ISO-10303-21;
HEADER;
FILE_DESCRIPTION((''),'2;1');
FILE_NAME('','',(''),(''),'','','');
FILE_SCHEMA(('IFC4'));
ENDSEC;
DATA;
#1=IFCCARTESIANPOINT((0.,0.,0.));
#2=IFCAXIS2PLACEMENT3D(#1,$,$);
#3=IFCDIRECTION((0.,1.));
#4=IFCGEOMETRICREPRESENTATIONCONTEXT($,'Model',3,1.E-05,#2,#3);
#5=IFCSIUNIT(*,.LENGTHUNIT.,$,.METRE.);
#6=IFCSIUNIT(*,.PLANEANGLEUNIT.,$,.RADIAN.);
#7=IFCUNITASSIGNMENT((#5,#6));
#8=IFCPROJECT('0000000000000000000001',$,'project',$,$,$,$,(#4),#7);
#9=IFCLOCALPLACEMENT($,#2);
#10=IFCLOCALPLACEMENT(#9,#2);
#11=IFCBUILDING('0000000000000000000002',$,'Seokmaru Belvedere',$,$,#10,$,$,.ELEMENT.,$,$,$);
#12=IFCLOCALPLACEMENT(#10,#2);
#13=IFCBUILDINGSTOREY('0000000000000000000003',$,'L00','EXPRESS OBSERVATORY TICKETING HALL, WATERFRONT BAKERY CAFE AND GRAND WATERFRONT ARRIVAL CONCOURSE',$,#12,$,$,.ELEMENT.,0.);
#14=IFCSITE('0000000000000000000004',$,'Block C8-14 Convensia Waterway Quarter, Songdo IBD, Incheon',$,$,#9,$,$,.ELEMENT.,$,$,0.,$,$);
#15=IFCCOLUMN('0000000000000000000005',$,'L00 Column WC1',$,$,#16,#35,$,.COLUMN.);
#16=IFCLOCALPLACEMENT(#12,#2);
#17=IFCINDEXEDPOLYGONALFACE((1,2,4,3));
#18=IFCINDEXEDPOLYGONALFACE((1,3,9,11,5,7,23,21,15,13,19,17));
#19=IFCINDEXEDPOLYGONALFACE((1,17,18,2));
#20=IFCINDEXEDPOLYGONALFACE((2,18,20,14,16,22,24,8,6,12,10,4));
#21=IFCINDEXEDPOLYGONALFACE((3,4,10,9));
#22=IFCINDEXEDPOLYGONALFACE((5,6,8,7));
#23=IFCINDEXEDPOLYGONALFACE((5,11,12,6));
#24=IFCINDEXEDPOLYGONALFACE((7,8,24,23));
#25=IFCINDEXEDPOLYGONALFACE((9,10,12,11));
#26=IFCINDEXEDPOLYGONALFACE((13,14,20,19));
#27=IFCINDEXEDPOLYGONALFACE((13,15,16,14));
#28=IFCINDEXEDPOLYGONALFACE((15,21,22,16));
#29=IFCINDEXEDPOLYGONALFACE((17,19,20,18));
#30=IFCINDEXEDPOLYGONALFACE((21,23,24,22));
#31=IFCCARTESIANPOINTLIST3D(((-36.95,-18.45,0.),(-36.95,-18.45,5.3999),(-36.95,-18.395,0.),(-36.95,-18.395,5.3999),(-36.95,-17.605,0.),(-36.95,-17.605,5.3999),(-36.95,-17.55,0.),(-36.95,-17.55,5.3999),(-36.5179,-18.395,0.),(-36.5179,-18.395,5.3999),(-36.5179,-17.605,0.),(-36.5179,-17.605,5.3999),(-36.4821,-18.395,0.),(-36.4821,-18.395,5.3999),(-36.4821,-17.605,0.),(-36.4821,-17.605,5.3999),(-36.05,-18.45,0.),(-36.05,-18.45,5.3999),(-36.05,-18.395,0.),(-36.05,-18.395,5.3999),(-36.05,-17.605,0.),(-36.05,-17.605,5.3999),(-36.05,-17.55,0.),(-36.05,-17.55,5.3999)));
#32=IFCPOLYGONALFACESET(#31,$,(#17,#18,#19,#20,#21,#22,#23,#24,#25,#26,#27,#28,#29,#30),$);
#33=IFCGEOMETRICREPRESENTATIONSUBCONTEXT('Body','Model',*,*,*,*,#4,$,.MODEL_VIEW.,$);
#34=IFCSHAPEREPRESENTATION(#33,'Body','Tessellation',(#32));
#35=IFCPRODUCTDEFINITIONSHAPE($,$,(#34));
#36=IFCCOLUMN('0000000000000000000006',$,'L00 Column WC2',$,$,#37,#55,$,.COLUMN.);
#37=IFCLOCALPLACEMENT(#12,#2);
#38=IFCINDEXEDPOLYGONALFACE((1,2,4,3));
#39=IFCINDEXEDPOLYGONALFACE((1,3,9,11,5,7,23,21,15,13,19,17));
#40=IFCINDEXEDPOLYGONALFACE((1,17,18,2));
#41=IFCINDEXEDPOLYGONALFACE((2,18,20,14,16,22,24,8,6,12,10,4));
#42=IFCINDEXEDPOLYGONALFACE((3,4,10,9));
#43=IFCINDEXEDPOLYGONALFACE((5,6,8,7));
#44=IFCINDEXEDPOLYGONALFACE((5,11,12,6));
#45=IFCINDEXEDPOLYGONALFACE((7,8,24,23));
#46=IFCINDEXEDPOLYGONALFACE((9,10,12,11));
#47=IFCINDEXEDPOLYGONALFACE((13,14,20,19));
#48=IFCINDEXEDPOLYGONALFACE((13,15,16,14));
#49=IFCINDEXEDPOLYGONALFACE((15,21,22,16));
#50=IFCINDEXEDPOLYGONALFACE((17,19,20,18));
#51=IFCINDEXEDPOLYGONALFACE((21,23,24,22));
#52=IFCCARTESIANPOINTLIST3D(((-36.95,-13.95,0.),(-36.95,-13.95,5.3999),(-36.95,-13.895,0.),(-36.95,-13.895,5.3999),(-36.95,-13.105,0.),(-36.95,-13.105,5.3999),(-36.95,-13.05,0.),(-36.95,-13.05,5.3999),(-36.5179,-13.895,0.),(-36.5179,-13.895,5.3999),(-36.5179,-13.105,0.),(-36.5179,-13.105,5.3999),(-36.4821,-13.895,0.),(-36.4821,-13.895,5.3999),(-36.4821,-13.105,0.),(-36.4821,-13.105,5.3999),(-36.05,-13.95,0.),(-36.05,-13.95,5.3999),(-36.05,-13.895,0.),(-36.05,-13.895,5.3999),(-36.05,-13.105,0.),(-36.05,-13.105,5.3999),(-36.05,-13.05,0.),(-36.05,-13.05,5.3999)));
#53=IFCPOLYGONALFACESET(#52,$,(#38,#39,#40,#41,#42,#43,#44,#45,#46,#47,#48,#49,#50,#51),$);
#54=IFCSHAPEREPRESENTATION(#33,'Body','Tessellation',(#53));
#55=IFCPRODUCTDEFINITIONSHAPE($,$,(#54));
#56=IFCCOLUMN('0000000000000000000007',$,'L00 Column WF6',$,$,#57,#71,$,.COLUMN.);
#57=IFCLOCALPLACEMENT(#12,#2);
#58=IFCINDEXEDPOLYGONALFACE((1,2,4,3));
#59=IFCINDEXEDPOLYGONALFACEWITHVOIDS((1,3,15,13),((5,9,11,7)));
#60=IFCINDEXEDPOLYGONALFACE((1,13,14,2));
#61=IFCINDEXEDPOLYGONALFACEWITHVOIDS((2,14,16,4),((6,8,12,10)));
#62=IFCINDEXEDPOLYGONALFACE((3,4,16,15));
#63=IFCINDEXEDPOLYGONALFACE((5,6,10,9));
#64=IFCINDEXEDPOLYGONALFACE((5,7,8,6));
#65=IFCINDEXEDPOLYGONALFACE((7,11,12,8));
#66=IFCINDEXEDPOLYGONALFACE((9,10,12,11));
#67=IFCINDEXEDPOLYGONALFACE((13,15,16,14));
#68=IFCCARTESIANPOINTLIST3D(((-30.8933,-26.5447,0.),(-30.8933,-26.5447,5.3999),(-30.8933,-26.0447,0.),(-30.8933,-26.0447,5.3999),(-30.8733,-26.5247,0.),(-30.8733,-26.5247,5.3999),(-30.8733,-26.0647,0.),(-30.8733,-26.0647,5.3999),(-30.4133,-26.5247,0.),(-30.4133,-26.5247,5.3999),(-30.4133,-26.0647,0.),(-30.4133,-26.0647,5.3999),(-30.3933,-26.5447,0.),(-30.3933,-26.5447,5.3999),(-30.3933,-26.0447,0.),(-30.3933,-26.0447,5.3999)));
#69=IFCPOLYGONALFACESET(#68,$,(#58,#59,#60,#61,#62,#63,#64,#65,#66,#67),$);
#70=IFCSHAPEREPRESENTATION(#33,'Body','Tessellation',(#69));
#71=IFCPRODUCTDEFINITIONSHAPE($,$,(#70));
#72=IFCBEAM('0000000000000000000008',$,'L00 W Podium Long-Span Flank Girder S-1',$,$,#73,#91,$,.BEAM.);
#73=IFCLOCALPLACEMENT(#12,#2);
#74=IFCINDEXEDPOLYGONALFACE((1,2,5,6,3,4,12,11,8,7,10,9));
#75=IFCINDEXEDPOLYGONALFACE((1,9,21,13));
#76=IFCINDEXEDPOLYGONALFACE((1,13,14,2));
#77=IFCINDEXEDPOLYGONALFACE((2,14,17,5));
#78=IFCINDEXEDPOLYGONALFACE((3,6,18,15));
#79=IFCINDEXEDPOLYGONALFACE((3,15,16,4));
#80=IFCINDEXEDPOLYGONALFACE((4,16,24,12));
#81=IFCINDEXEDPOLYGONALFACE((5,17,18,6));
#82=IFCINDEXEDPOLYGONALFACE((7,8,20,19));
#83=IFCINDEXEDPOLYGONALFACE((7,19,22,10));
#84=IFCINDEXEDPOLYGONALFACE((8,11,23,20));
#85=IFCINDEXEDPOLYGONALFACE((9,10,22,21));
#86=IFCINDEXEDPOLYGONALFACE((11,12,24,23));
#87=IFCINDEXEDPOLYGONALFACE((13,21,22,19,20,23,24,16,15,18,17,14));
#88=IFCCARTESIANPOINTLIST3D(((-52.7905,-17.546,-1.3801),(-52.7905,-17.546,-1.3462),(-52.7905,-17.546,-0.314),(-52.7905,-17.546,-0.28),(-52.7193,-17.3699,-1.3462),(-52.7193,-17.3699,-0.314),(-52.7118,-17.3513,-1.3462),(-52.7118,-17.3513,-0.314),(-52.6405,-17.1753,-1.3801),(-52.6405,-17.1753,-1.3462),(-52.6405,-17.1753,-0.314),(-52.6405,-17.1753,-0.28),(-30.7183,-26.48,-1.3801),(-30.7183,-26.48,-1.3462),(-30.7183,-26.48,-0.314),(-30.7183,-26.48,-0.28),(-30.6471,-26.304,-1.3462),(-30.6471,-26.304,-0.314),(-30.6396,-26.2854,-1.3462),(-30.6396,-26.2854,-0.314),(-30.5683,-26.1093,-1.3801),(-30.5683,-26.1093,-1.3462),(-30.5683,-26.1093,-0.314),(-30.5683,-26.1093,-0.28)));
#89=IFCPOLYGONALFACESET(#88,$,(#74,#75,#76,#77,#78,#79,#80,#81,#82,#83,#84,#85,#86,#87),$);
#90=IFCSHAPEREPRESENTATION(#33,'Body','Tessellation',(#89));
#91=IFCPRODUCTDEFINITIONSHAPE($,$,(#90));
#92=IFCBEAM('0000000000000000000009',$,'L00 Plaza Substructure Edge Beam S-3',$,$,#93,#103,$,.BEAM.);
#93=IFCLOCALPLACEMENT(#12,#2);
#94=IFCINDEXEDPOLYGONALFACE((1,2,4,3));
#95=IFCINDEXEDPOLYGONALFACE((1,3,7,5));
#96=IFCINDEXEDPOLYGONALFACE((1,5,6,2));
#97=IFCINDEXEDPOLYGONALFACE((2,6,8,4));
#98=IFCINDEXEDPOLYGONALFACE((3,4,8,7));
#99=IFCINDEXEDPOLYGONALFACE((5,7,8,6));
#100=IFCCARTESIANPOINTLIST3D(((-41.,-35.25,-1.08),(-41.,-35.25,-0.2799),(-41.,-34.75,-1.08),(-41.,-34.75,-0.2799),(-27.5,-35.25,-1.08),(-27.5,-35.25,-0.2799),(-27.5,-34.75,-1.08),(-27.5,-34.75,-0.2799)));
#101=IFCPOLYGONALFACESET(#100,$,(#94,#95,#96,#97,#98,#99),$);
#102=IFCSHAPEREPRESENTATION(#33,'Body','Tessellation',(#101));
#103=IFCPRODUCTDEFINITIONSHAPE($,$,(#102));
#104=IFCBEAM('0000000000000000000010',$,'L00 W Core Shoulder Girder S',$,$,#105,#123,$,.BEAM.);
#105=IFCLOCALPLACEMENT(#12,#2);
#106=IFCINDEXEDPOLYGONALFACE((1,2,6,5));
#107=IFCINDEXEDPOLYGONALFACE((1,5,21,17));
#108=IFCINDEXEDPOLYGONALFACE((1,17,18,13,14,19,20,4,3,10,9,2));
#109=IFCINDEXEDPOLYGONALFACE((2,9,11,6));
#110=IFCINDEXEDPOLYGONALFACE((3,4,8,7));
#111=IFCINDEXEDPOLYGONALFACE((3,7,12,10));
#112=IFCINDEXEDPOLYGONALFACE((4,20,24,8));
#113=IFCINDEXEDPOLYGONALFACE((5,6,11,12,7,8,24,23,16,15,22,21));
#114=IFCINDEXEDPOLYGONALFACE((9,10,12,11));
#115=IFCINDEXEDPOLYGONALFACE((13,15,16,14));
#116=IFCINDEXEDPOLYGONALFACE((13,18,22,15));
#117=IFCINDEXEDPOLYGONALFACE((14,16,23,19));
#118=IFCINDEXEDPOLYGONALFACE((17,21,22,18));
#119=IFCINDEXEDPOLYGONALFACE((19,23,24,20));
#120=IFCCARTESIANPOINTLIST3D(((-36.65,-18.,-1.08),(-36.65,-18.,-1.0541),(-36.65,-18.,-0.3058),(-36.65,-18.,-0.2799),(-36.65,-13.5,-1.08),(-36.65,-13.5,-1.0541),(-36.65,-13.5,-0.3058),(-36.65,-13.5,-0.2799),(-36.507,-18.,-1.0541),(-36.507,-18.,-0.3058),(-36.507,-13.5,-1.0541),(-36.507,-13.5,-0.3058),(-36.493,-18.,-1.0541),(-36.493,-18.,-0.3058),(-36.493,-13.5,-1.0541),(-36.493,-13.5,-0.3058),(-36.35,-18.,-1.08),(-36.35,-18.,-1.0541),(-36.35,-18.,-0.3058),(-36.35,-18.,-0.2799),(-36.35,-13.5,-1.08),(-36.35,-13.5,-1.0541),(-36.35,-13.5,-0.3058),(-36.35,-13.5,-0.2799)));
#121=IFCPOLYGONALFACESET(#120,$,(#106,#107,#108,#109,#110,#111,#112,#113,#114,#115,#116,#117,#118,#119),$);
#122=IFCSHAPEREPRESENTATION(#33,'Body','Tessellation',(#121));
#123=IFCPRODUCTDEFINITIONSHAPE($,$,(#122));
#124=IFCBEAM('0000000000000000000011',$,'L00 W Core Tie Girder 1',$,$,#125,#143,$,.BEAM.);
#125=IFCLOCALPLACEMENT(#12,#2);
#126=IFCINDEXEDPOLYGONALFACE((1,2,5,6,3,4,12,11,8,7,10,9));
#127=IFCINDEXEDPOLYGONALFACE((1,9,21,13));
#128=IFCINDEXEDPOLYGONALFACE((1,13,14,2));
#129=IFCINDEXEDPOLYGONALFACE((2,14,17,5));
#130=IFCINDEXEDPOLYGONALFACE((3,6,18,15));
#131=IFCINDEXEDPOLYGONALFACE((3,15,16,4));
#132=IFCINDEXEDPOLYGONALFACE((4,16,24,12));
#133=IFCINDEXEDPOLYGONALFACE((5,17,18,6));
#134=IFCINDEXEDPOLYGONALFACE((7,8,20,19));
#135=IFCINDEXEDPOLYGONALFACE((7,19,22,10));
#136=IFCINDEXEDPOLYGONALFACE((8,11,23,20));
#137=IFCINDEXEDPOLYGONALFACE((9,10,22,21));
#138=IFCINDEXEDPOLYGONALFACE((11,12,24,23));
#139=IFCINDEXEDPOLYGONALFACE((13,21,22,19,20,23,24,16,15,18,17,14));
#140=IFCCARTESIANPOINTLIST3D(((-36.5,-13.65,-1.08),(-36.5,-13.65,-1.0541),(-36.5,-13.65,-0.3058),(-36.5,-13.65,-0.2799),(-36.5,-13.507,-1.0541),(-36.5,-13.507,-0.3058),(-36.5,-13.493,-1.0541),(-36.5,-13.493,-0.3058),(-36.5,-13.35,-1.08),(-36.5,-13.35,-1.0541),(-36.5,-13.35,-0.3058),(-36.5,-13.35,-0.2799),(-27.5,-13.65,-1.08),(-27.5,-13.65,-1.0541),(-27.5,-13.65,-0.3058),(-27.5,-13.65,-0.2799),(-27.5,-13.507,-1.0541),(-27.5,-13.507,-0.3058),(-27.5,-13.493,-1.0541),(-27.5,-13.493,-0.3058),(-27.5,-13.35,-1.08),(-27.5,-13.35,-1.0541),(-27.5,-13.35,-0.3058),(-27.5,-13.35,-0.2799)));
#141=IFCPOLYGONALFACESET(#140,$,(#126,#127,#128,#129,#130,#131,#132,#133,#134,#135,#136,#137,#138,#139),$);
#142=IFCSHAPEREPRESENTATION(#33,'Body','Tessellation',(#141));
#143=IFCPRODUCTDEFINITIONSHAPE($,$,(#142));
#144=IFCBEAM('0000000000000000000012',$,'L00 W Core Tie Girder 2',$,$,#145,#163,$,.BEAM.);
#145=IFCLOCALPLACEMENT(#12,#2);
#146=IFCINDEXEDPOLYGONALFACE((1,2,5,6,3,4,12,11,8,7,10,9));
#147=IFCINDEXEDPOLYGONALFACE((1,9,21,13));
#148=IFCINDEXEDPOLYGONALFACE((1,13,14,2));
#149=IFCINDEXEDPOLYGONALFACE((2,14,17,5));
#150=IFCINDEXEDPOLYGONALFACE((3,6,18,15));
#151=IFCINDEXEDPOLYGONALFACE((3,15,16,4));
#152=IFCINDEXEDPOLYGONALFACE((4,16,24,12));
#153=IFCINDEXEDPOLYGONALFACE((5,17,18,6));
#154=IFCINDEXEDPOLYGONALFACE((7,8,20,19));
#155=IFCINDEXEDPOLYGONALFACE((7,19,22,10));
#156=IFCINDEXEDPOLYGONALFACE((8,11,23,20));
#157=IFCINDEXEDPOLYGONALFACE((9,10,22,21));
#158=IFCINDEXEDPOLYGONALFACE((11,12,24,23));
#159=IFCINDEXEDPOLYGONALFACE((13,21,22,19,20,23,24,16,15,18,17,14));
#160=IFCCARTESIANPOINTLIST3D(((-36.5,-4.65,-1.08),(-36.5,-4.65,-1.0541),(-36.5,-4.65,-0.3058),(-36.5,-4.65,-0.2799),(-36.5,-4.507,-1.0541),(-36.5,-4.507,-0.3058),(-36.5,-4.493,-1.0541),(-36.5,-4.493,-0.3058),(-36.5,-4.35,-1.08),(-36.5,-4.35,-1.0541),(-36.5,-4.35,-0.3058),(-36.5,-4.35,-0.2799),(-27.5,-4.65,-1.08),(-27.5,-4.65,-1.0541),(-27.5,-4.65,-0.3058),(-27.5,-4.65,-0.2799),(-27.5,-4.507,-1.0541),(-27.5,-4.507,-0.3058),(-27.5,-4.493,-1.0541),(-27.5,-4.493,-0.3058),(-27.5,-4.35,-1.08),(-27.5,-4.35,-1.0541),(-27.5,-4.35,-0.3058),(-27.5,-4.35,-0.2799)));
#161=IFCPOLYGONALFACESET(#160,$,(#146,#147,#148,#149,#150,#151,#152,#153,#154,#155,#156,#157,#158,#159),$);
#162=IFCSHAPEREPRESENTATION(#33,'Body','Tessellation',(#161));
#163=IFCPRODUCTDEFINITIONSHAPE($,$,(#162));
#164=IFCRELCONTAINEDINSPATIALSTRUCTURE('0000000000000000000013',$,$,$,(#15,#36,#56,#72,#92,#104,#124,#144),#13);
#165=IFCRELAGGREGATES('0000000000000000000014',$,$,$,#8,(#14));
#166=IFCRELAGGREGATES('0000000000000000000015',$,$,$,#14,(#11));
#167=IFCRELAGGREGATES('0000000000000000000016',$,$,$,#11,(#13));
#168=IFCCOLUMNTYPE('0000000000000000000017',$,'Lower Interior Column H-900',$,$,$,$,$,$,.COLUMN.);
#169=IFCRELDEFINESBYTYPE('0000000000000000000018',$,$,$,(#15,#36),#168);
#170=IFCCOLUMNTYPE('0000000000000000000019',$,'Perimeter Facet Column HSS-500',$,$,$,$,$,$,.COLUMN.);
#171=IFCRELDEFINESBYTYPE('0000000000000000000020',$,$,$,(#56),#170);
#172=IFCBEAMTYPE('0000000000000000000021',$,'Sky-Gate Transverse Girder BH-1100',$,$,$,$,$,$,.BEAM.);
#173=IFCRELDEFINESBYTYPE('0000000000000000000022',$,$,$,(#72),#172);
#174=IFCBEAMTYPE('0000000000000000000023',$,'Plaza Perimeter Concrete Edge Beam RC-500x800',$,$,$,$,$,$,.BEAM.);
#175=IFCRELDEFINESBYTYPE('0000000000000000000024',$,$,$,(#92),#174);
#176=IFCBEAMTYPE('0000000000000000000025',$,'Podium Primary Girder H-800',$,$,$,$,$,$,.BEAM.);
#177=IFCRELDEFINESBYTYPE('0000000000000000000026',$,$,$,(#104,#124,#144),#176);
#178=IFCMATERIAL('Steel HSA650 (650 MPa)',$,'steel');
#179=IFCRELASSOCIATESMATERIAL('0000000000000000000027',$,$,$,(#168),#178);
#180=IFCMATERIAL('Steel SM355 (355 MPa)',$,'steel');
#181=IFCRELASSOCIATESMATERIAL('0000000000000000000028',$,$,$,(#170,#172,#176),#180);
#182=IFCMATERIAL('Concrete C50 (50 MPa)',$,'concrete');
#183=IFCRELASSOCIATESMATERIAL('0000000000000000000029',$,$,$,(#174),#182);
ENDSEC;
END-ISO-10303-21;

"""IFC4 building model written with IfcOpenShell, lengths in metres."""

from ifc_helpers import new_model, si_unit, direction, frame, origin, origin_2d, place, context, subcontext, project, spatial, rectangle, hollow_rectangle, i_section, extrude, source, transform, mapped, material, material_profile, profile_set, type_object, type_shapes, element, save


model = new_model("IFC4")

# Units and contexts
model_context = context("Model", 3, precision=1e-05, world=origin(), true_north=direction((0.0, 1.0)))
body_context = subcontext(model_context, "Body", "Model", "MODEL_VIEW")
ifc_project = project(units=[si_unit("LENGTHUNIT", "METRE"), si_unit("PLANEANGLEUNIT", "RADIAN")], contexts=[model_context])

# Site, building, storey
site_placement = place(None, origin())
site = spatial("IfcSite", under=ifc_project, at=site_placement, Name="Block C8-14 Convensia Waterway Quarter, Songdo IBD, Incheon", CompositionType="ELEMENT", RefElevation=0.0)
building_placement = place(site_placement, origin())
building = spatial("IfcBuilding", under=site, at=building_placement, Name="Seokmaru Belvedere", CompositionType="ELEMENT")
storey_placement = place(building_placement, origin())
storey = spatial("IfcBuildingStorey", under=building, at=storey_placement, Name="L00", Description="EXPRESS OBSERVATORY TICKETING HALL, WATERFRONT BAKERY CAFE AND GRAND WATERFRONT ARRIVAL CONCOURSE", CompositionType="ELEMENT", Elevation=0.0)

# Columns
ifc_material_1 = material(Name="Steel HSA650 (650 MPa)", Category="steel")
ifc_material_profile_1 = material_profile(ifc_material_1, i_section(OverallWidth=0.8999, OverallDepth=0.8999, WebThickness=0.0359, FlangeThickness=0.0549, at=origin_2d()), Name="H-900x900x36x55")
ifc_profile_set_1 = profile_set([ifc_material_profile_1], Name="Steel HSA650 (650 MPa)")
column_type_1 = type_object("IfcColumnType", Name="Lower Interior Column H-900", PredefinedType="COLUMN", material=ifc_profile_set_1)
shared_shape_1 = source(origin(), body_context, "Body", "SweptSolid", [
    extrude(i_section(OverallWidth=0.8999, OverallDepth=0.8999, WebThickness=0.0359, FlangeThickness=0.0549, at=origin_2d()), origin(), (0.0, 0.0, 1.0), 5.3999),
])
type_shapes(column_type_1, [shared_shape_1])
for number, where, z_axis, x_axis, name in (
    (1, (-36.5, -18.0, 0.0), (0.0, 0.0, 1.0), (1.0, 0.0, 0.0), "L00 Column WC1"),
    (2, (-36.5, -13.5, 0.0), (0.0, 0.0, 1.0), (1.0, 0.0, 0.0), "L00 Column WC2"),
):
    element("IfcColumn", number, at=place(storey_placement, frame(where, z_axis=z_axis, x_axis=x_axis)), inside=storey, type_object=column_type_1, Name=name, PredefinedType="COLUMN", context=body_context, shape_type="MappedRepresentation", body=[
        mapped(shared_shape_1, transform((0.0, 0.0, 0.0), scale=1.0)),
    ])
ifc_material_2 = material(Name="Steel SM355 (355 MPa)", Category="steel")
ifc_material_profile_2 = material_profile(ifc_material_2, hollow_rectangle(XDim=0.5, YDim=0.5, WallThickness=0.02, at=origin_2d()), Name="HSS-500x500x20")
ifc_profile_set_2 = profile_set([ifc_material_profile_2], Name="Steel SM355 (355 MPa)")
column_type_2 = type_object("IfcColumnType", Name="Perimeter Facet Column HSS-500", PredefinedType="COLUMN", material=ifc_profile_set_2)
shared_shape_2 = source(origin(), body_context, "Body", "SweptSolid", [
    extrude(hollow_rectangle(XDim=0.5, YDim=0.5, WallThickness=0.02, at=origin_2d()), origin(), (0.0, 0.0, 1.0), 5.3999),
])
type_shapes(column_type_2, [shared_shape_2])
column_placement = place(storey_placement, frame((-30.6433, -26.2947, 0.0), z_axis=(0.0, 0.0, 1.0), x_axis=(1.0, 0.0, 0.0)))
element("IfcColumn", 3, at=column_placement, inside=storey, type_object=column_type_2, Name="L00 Column WF6", PredefinedType="COLUMN", context=body_context, shape_type="MappedRepresentation", body=[
    mapped(shared_shape_2, transform((0.0, 0.0, 0.0), scale=1.0)),
])

# Beams
ifc_material_profile_3 = material_profile(ifc_material_2, i_section(OverallWidth=0.3999, OverallDepth=1.1001, WebThickness=0.02, FlangeThickness=0.0339, at=origin_2d()), Name="BH-1100x400x20x34")
ifc_profile_set_3 = profile_set([ifc_material_profile_3], Name="Steel SM355 (355 MPa)")
beam_type_1 = type_object("IfcBeamType", Name="Sky-Gate Transverse Girder BH-1100", PredefinedType="BEAM", material=ifc_profile_set_3)
shared_shape_3 = source(origin(), body_context, "Body", "SweptSolid", [
    extrude(i_section(OverallWidth=0.3999, OverallDepth=1.1001, WebThickness=0.02, FlangeThickness=0.0339, at=origin_2d()), origin(), (0.0, 0.0, 1.0), 23.8118),
])
beam_1_placement = place(storey_placement, frame((-30.6433, -26.2947, -0.8301), z_axis=(-0.926946, 0.375195, 0.0), x_axis=(-0.375195, -0.926946, 0.0)))
element("IfcBeam", 4, at=beam_1_placement, inside=storey, type_object=beam_type_1, Name="L00 W Podium Long-Span Flank Girder S-1", PredefinedType="BEAM", context=body_context, shape_type="MappedRepresentation", body=[
    mapped(shared_shape_3, transform((0.0, 0.0, 0.0), scale=1.0)),
])
ifc_material_3 = material(Name="Concrete C50 (50 MPa)", Category="concrete")
ifc_material_profile_4 = material_profile(ifc_material_3, rectangle(XDim=0.5, YDim=0.8, at=origin_2d()), Name="RC-500x800")
ifc_profile_set_4 = profile_set([ifc_material_profile_4], Name="Concrete C50 (50 MPa)")
beam_type_2 = type_object("IfcBeamType", Name="Plaza Perimeter Concrete Edge Beam RC-500x800", PredefinedType="BEAM", material=ifc_profile_set_4)
shared_shape_4 = source(origin(), body_context, "Body", "SweptSolid", [
    extrude(rectangle(XDim=0.5, YDim=0.8, at=origin_2d()), origin(), (0.0, 0.0, 1.0), 13.5),
])
beam_2_placement = place(storey_placement, frame((-41.0, -35.0, -0.6799), z_axis=(1.0, 0.0, 0.0), x_axis=(0.0, 1.0, 0.0)))
element("IfcBeam", 5, at=beam_2_placement, inside=storey, type_object=beam_type_2, Name="L00 Plaza Substructure Edge Beam S-3", PredefinedType="BEAM", context=body_context, shape_type="MappedRepresentation", body=[
    mapped(shared_shape_4, transform((0.0, 0.0, 0.0), scale=1.0)),
])
ifc_material_profile_5 = material_profile(ifc_material_2, i_section(OverallWidth=0.3, OverallDepth=0.8, WebThickness=0.0139, FlangeThickness=0.0259, at=origin_2d()), Name="H-800x300x14x26")
ifc_profile_set_5 = profile_set([ifc_material_profile_5], Name="Steel SM355 (355 MPa)")
beam_type_3 = type_object("IfcBeamType", Name="Podium Primary Girder H-800", PredefinedType="BEAM", material=ifc_profile_set_5)
shared_shape_5 = source(origin(), body_context, "Body", "SweptSolid", [
    extrude(i_section(OverallWidth=0.3, OverallDepth=0.8, WebThickness=0.0139, FlangeThickness=0.0259, at=origin_2d()), origin(), (0.0, 0.0, 1.0), 4.5),
])
beam_3_placement = place(storey_placement, frame((-36.5, -18.0, -0.6799), z_axis=(0.0, 1.0, 0.0), x_axis=(-1.0, 0.0, 0.0)))
element("IfcBeam", 6, at=beam_3_placement, inside=storey, type_object=beam_type_3, Name="L00 W Core Shoulder Girder S", PredefinedType="BEAM", context=body_context, shape_type="MappedRepresentation", body=[
    mapped(shared_shape_5, transform((0.0, 0.0, 0.0), scale=1.0)),
])
shared_shape_6 = source(origin(), body_context, "Body", "SweptSolid", [
    extrude(i_section(OverallWidth=0.3, OverallDepth=0.8, WebThickness=0.0139, FlangeThickness=0.0259, at=origin_2d()), origin(), (0.0, 0.0, 1.0), 9.0),
])
for number, where, z_axis, x_axis, name in (
    (7, (-36.5, -13.5, -0.6799), (1.0, 0.0, 0.0), (0.0, 1.0, 0.0), "L00 W Core Tie Girder 1"),
    (8, (-36.5, -4.5, -0.6799), (1.0, 0.0, 0.0), (0.0, 1.0, 0.0), "L00 W Core Tie Girder 2"),
):
    element("IfcBeam", number, at=place(storey_placement, frame(where, z_axis=z_axis, x_axis=x_axis)), inside=storey, type_object=beam_type_3, Name=name, PredefinedType="BEAM", context=body_context, shape_type="MappedRepresentation", body=[
        mapped(shared_shape_6, transform((0.0, 0.0, 0.0), scale=1.0)),
    ])

save(model, "model.ifc")
